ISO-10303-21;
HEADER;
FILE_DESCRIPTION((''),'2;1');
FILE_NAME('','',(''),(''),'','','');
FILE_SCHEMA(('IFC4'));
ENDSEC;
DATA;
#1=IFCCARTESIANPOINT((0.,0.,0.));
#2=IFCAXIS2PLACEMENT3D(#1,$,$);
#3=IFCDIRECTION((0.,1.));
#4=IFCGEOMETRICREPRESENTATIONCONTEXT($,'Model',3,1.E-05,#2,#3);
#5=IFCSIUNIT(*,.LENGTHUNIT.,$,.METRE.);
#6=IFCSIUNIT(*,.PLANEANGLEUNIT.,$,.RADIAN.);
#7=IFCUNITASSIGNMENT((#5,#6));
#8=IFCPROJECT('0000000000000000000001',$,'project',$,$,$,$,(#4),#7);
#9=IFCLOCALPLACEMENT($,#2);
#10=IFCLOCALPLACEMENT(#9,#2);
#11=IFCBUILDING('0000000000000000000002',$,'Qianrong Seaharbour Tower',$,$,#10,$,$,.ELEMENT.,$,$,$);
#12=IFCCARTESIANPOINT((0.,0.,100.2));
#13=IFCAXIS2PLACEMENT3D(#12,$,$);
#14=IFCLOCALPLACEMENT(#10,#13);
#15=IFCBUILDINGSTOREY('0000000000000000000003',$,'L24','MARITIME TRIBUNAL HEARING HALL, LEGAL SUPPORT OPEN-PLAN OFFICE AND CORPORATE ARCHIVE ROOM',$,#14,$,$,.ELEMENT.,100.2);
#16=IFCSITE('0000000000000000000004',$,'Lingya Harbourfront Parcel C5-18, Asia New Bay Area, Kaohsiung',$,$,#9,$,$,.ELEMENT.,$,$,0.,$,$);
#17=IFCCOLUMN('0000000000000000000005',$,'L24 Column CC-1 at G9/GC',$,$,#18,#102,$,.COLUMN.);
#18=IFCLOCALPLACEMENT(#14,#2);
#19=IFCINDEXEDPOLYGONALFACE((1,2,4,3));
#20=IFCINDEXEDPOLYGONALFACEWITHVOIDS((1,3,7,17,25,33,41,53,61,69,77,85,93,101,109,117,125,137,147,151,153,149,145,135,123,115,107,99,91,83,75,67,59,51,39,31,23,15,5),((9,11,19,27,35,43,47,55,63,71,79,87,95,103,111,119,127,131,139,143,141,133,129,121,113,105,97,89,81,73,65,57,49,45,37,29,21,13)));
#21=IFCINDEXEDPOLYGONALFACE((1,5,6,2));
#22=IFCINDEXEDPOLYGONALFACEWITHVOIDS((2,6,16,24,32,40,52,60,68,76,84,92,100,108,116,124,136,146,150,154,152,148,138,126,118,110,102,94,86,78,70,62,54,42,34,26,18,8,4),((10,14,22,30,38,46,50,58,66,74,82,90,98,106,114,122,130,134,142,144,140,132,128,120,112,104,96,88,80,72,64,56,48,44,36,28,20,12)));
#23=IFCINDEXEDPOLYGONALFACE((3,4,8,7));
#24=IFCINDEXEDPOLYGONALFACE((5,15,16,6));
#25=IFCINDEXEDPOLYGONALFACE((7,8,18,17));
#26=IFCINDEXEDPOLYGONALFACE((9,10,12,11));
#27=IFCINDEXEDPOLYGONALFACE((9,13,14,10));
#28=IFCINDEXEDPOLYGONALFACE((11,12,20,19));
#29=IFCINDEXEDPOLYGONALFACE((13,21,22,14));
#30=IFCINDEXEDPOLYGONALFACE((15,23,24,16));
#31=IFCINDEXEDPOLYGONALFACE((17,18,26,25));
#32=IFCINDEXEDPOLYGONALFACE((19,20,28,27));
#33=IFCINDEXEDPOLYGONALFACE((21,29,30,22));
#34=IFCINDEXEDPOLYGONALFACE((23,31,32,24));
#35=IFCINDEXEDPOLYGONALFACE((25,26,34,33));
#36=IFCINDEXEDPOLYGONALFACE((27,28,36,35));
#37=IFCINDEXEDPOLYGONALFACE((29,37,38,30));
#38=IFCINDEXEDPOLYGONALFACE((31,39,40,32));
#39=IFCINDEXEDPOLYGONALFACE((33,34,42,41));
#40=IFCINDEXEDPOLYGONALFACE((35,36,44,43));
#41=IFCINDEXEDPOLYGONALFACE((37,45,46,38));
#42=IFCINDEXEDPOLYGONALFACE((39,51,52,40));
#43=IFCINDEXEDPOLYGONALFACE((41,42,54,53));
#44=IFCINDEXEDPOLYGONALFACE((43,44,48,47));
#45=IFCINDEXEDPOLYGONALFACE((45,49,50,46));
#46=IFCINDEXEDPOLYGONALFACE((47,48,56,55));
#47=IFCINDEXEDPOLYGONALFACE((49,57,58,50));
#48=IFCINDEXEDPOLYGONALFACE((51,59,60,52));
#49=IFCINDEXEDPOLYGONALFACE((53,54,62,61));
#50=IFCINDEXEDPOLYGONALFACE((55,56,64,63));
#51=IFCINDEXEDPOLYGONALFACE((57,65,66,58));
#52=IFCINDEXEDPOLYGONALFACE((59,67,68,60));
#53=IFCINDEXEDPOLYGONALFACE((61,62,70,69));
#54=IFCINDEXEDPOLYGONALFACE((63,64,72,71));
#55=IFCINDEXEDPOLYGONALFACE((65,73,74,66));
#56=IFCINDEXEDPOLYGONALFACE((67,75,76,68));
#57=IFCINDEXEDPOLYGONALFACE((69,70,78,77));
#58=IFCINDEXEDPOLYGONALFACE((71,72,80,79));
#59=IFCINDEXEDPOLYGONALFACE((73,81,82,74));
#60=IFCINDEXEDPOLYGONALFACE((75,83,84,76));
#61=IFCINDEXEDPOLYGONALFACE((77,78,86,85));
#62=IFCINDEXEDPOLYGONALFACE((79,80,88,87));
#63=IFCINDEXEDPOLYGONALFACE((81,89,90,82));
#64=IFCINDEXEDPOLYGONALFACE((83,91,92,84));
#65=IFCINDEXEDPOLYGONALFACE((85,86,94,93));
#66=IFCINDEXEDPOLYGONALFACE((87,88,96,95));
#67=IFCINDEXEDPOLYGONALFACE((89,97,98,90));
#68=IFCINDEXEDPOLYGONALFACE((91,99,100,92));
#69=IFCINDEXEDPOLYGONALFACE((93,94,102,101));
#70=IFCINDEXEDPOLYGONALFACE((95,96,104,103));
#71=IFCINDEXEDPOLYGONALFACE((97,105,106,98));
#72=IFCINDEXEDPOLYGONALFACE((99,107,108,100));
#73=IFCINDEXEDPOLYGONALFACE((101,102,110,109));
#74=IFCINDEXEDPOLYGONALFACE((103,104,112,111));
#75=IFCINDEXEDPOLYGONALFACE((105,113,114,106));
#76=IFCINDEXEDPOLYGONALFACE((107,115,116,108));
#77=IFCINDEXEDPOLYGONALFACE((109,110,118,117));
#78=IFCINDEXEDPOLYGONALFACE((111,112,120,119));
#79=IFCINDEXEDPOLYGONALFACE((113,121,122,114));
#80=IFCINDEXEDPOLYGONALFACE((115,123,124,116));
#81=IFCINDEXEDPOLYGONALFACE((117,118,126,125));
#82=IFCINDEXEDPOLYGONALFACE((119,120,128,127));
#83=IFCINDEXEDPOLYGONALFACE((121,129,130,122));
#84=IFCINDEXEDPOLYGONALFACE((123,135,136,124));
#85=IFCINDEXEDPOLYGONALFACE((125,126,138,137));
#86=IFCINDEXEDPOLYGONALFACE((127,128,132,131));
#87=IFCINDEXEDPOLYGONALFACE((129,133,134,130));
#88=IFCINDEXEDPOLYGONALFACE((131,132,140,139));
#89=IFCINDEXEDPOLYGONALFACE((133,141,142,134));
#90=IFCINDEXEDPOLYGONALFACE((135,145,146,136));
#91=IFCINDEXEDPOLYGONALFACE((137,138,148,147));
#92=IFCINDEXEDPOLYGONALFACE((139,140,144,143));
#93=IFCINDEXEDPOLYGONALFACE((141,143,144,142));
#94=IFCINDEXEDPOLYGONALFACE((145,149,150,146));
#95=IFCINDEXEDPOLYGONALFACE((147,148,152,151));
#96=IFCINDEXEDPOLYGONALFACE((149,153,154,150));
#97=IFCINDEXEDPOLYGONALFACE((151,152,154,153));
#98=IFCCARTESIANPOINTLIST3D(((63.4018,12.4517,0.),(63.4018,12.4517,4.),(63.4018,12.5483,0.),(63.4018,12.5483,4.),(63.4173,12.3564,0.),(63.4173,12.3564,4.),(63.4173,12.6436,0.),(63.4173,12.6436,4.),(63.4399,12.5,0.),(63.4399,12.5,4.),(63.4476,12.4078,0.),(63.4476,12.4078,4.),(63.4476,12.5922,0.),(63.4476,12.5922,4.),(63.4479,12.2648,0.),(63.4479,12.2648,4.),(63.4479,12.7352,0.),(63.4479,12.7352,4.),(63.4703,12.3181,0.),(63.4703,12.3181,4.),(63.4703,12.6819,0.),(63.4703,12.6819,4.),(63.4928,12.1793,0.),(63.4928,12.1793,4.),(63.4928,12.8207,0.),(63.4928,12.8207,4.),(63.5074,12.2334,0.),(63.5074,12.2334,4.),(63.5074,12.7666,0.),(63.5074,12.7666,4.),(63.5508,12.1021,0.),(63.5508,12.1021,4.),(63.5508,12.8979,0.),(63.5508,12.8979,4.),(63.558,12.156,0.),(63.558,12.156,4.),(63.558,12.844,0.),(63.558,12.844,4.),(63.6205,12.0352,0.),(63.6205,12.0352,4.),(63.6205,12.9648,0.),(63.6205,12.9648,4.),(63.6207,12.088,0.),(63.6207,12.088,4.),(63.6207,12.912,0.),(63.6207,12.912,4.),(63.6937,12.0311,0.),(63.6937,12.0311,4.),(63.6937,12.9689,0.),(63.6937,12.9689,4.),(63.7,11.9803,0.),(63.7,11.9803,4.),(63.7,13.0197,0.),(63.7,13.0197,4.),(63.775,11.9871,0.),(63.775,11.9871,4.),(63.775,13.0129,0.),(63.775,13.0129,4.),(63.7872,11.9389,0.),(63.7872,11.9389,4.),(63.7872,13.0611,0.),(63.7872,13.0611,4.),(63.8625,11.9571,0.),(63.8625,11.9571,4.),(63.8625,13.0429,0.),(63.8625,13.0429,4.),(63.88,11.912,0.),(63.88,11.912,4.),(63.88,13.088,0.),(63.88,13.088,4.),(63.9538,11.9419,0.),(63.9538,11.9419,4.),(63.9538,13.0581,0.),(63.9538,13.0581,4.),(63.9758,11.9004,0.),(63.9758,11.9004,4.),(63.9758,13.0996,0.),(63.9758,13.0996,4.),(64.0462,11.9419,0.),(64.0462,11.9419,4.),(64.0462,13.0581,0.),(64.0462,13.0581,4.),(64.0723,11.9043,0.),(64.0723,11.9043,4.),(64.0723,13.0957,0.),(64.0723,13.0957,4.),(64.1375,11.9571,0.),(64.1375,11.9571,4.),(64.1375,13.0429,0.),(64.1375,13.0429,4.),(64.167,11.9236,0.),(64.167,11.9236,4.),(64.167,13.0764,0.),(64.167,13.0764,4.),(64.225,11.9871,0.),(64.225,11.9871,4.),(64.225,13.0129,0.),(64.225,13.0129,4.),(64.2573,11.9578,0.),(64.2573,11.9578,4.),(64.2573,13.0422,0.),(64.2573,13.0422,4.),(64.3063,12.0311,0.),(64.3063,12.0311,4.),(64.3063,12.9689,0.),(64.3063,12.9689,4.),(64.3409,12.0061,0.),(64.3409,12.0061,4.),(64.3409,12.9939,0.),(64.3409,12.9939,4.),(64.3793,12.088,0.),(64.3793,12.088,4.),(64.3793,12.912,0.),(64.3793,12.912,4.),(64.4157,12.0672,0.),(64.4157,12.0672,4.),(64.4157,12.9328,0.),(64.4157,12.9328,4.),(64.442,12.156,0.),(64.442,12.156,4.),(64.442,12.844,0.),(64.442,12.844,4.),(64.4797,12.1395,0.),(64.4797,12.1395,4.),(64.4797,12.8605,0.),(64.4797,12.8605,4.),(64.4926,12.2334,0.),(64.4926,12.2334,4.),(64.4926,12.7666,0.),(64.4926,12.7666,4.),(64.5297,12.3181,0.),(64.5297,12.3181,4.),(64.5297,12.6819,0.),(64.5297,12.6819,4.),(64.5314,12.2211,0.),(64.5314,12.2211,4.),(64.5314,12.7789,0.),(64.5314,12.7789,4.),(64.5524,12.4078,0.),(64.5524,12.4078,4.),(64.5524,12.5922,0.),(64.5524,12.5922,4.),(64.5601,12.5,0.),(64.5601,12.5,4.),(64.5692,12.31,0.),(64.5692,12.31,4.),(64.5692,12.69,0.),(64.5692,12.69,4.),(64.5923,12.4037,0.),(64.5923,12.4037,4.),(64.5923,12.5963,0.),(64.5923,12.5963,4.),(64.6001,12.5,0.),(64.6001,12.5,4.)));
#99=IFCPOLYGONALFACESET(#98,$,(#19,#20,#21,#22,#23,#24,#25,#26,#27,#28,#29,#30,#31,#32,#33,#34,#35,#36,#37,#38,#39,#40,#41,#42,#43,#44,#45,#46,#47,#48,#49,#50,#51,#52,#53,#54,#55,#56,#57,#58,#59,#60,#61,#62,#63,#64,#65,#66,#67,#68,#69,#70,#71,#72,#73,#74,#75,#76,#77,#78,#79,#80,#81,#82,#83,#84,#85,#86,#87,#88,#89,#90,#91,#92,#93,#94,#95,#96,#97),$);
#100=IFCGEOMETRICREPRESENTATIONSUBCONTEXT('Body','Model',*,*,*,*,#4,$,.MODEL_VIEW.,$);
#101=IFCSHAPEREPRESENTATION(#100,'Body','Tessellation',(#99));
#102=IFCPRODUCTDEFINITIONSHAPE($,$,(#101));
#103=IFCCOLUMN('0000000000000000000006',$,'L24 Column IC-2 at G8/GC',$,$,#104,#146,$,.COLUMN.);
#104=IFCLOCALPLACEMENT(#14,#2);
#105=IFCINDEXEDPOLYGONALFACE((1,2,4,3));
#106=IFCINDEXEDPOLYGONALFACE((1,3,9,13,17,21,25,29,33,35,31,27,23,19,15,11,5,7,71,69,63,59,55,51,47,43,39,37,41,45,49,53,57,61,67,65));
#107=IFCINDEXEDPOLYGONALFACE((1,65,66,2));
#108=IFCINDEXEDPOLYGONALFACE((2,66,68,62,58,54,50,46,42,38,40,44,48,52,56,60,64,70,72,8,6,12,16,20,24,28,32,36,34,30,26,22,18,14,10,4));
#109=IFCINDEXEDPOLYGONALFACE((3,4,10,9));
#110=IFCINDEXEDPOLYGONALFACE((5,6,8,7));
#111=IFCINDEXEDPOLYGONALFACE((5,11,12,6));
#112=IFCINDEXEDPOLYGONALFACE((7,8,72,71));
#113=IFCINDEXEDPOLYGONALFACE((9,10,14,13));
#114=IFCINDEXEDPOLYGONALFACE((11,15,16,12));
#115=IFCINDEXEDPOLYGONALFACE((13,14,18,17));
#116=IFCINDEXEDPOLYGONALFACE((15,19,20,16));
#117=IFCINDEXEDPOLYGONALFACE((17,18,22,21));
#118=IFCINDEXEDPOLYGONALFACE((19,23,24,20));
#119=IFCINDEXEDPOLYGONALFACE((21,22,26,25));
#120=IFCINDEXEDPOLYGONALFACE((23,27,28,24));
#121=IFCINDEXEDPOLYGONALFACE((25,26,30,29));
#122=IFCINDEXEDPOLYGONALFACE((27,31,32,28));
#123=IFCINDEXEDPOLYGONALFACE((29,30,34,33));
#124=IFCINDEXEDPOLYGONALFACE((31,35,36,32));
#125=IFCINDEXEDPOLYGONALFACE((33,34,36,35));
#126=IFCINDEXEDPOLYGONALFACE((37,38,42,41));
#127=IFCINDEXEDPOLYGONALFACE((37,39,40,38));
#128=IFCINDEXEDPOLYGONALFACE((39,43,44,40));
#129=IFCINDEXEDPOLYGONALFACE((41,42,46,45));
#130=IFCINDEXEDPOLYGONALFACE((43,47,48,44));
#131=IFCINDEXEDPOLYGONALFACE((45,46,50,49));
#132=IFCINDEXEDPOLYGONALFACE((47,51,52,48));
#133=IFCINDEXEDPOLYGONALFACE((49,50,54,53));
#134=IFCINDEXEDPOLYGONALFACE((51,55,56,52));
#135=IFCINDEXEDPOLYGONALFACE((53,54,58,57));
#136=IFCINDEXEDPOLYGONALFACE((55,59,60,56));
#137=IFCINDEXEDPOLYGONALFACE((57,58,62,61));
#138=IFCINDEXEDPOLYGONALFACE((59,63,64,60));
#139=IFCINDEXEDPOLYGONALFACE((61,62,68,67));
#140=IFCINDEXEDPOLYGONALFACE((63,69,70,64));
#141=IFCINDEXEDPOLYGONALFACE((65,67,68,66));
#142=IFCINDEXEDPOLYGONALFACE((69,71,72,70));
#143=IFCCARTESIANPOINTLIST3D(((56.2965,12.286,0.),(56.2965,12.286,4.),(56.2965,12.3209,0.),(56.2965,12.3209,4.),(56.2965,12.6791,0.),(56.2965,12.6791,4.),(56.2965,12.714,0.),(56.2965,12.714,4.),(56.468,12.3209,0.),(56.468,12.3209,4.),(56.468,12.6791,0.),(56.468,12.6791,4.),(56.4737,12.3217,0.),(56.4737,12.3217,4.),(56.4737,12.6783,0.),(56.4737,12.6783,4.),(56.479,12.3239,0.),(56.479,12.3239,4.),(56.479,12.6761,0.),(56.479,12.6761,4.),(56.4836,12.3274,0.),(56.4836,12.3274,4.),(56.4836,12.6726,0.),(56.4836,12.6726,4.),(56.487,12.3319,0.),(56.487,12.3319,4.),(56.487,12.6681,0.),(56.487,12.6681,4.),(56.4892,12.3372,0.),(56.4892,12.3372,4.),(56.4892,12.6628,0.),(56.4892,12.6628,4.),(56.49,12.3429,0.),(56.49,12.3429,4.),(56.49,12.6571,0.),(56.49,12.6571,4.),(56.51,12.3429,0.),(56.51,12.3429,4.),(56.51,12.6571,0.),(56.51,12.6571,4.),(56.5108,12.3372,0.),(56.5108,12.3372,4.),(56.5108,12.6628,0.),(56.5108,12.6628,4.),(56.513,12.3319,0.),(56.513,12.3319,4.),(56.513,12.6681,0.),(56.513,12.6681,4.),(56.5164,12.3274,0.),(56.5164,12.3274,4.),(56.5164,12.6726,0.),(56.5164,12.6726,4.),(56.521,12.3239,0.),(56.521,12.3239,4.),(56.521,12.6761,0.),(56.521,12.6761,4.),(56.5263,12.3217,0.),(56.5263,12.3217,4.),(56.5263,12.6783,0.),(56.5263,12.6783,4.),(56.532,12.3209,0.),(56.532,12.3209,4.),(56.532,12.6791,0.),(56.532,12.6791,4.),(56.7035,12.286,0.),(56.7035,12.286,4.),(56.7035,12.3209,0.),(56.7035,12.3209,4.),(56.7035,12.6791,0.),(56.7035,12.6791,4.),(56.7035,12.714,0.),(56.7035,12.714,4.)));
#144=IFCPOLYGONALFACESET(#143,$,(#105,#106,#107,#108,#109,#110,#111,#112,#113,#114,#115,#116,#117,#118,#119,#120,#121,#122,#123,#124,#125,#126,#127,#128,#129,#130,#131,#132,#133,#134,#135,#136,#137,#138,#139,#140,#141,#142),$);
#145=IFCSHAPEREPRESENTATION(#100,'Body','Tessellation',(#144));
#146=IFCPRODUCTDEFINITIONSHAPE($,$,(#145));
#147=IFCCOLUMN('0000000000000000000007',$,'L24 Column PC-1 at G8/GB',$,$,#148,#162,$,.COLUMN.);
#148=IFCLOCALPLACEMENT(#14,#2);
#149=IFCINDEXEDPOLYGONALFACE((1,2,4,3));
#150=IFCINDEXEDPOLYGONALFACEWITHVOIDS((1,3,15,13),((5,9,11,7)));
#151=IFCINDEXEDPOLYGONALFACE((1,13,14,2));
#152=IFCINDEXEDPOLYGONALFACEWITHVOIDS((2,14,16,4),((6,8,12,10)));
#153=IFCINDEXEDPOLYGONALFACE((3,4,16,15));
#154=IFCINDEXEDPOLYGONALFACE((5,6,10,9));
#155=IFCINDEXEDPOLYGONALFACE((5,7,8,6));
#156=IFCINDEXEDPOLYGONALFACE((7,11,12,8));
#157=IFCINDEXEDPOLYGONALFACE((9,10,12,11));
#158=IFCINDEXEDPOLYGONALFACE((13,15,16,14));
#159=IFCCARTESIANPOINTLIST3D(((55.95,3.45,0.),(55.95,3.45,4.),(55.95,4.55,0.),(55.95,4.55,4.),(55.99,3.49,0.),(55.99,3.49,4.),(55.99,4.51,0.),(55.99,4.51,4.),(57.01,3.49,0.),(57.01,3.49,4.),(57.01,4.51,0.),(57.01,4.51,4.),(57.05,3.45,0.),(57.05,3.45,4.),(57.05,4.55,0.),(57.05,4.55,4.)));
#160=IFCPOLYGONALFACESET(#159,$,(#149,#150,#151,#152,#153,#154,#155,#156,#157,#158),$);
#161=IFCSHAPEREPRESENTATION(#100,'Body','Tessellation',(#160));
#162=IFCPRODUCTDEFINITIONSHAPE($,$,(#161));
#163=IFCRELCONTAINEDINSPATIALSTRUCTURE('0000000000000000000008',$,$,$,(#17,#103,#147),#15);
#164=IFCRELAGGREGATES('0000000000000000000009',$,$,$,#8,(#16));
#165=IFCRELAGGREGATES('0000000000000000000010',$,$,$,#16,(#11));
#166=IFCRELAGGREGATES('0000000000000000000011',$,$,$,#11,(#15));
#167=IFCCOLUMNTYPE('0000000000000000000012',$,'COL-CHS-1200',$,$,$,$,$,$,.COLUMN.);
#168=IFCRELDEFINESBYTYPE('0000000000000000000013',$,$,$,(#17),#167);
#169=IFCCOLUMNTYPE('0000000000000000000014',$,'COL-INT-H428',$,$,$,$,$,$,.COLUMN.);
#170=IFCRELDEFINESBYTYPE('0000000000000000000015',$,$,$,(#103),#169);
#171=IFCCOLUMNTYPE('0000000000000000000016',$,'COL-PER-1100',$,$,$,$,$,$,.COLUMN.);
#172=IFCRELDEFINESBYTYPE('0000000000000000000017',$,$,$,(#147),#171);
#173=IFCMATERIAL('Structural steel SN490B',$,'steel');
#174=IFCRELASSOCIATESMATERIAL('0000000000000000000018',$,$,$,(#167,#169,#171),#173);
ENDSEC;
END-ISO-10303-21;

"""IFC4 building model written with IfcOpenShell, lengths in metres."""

from ifc_helpers import new_model, si_unit, direction, frame, origin, origin_2d, place, context, subcontext, project, spatial, hollow_rectangle, hollow_circle, i_section, extrude, material, material_profile, profile_set, type_object, element, save


model = new_model("IFC4")

# Units and contexts
model_context = context("Model", 3, precision=1e-05, world=origin(), true_north=direction((0.0, 1.0)))
body_context = subcontext(model_context, "Body", "Model", "MODEL_VIEW")
ifc_project = project(units=[si_unit("LENGTHUNIT", "METRE"), si_unit("PLANEANGLEUNIT", "RADIAN")], contexts=[model_context])

# Site, building, storey
site_placement = place(None, origin())
site = spatial("IfcSite", under=ifc_project, at=site_placement, Name="Lingya Harbourfront Parcel C5-18, Asia New Bay Area, Kaohsiung", CompositionType="ELEMENT", RefElevation=0.0)
building_placement = place(site_placement, origin())
building = spatial("IfcBuilding", under=site, at=building_placement, Name="Qianrong Seaharbour Tower", CompositionType="ELEMENT")
storey_placement = place(building_placement, frame((0.0, 0.0, 100.2)))
storey = spatial("IfcBuildingStorey", under=building, at=storey_placement, Name="L24", Description="MARITIME TRIBUNAL HEARING HALL, LEGAL SUPPORT OPEN-PLAN OFFICE AND CORPORATE ARCHIVE ROOM", CompositionType="ELEMENT", Elevation=100.2)

# Columns
ifc_material_1 = material(Name="Structural steel SN490B", Category="steel")
ifc_material_profile_1 = material_profile(ifc_material_1, hollow_circle(Radius=0.6001, WallThickness=0.04, at=origin_2d()), Name="CHS1200x40")
ifc_profile_set_1 = profile_set([ifc_material_profile_1], Name="Structural steel SN490B")
column_type_1 = type_object("IfcColumnType", Name="COL-CHS-1200", PredefinedType="COLUMN", material=ifc_profile_set_1)
column_1_placement = place(storey_placement, frame((64.0, 12.5, 0.0), z_axis=(0.0, 0.0, 1.0), x_axis=(1.0, 0.0, 0.0)))
element("IfcColumn", 1, at=column_1_placement, inside=storey, type_object=column_type_1, Name="L24 Column CC-1 at G9/GC", PredefinedType="COLUMN", context=body_context, shape_type="SweptSolid", body=[
    extrude(hollow_circle(Radius=0.6001, WallThickness=0.04, at=origin_2d()), origin(), (0.0, 0.0, 1.0), 4.0),
])
ifc_material_profile_2 = material_profile(ifc_material_1, i_section(OverallWidth=0.407, OverallDepth=0.428, WebThickness=0.02, FlangeThickness=0.0349, FilletRadius=0.022, at=origin_2d()), Name="H428x407x20x35")
ifc_profile_set_2 = profile_set([ifc_material_profile_2], Name="Structural steel SN490B")
column_type_2 = type_object("IfcColumnType", Name="COL-INT-H428", PredefinedType="COLUMN", material=ifc_profile_set_2)
column_2_placement = place(storey_placement, frame((56.5, 12.5, 0.0), z_axis=(0.0, 0.0, 1.0), x_axis=(1.0, 0.0, 0.0)))
element("IfcColumn", 2, at=column_2_placement, inside=storey, type_object=column_type_2, Name="L24 Column IC-2 at G8/GC", PredefinedType="COLUMN", context=body_context, shape_type="SweptSolid", body=[
    extrude(i_section(OverallWidth=0.407, OverallDepth=0.428, WebThickness=0.02, FlangeThickness=0.0349, FilletRadius=0.022, at=origin_2d()), origin(), (0.0, 0.0, 1.0), 4.0),
])
ifc_material_profile_3 = material_profile(ifc_material_1, hollow_rectangle(XDim=1.1001, YDim=1.1001, WallThickness=0.04, at=origin_2d()), Name="BOX1100x1100x40")
ifc_profile_set_3 = profile_set([ifc_material_profile_3], Name="Structural steel SN490B")
column_type_3 = type_object("IfcColumnType", Name="COL-PER-1100", PredefinedType="COLUMN", material=ifc_profile_set_3)
column_3_placement = place(storey_placement, frame((56.5, 4.0, 0.0), z_axis=(0.0, 0.0, 1.0), x_axis=(1.0, 0.0, 0.0)))
element("IfcColumn", 3, at=column_3_placement, inside=storey, type_object=column_type_3, Name="L24 Column PC-1 at G8/GB", PredefinedType="COLUMN", context=body_context, shape_type="SweptSolid", body=[
    extrude(hollow_rectangle(XDim=1.1001, YDim=1.1001, WallThickness=0.04, at=origin_2d()), origin(), (0.0, 0.0, 1.0), 4.0),
])

save(model, "model.ifc")
